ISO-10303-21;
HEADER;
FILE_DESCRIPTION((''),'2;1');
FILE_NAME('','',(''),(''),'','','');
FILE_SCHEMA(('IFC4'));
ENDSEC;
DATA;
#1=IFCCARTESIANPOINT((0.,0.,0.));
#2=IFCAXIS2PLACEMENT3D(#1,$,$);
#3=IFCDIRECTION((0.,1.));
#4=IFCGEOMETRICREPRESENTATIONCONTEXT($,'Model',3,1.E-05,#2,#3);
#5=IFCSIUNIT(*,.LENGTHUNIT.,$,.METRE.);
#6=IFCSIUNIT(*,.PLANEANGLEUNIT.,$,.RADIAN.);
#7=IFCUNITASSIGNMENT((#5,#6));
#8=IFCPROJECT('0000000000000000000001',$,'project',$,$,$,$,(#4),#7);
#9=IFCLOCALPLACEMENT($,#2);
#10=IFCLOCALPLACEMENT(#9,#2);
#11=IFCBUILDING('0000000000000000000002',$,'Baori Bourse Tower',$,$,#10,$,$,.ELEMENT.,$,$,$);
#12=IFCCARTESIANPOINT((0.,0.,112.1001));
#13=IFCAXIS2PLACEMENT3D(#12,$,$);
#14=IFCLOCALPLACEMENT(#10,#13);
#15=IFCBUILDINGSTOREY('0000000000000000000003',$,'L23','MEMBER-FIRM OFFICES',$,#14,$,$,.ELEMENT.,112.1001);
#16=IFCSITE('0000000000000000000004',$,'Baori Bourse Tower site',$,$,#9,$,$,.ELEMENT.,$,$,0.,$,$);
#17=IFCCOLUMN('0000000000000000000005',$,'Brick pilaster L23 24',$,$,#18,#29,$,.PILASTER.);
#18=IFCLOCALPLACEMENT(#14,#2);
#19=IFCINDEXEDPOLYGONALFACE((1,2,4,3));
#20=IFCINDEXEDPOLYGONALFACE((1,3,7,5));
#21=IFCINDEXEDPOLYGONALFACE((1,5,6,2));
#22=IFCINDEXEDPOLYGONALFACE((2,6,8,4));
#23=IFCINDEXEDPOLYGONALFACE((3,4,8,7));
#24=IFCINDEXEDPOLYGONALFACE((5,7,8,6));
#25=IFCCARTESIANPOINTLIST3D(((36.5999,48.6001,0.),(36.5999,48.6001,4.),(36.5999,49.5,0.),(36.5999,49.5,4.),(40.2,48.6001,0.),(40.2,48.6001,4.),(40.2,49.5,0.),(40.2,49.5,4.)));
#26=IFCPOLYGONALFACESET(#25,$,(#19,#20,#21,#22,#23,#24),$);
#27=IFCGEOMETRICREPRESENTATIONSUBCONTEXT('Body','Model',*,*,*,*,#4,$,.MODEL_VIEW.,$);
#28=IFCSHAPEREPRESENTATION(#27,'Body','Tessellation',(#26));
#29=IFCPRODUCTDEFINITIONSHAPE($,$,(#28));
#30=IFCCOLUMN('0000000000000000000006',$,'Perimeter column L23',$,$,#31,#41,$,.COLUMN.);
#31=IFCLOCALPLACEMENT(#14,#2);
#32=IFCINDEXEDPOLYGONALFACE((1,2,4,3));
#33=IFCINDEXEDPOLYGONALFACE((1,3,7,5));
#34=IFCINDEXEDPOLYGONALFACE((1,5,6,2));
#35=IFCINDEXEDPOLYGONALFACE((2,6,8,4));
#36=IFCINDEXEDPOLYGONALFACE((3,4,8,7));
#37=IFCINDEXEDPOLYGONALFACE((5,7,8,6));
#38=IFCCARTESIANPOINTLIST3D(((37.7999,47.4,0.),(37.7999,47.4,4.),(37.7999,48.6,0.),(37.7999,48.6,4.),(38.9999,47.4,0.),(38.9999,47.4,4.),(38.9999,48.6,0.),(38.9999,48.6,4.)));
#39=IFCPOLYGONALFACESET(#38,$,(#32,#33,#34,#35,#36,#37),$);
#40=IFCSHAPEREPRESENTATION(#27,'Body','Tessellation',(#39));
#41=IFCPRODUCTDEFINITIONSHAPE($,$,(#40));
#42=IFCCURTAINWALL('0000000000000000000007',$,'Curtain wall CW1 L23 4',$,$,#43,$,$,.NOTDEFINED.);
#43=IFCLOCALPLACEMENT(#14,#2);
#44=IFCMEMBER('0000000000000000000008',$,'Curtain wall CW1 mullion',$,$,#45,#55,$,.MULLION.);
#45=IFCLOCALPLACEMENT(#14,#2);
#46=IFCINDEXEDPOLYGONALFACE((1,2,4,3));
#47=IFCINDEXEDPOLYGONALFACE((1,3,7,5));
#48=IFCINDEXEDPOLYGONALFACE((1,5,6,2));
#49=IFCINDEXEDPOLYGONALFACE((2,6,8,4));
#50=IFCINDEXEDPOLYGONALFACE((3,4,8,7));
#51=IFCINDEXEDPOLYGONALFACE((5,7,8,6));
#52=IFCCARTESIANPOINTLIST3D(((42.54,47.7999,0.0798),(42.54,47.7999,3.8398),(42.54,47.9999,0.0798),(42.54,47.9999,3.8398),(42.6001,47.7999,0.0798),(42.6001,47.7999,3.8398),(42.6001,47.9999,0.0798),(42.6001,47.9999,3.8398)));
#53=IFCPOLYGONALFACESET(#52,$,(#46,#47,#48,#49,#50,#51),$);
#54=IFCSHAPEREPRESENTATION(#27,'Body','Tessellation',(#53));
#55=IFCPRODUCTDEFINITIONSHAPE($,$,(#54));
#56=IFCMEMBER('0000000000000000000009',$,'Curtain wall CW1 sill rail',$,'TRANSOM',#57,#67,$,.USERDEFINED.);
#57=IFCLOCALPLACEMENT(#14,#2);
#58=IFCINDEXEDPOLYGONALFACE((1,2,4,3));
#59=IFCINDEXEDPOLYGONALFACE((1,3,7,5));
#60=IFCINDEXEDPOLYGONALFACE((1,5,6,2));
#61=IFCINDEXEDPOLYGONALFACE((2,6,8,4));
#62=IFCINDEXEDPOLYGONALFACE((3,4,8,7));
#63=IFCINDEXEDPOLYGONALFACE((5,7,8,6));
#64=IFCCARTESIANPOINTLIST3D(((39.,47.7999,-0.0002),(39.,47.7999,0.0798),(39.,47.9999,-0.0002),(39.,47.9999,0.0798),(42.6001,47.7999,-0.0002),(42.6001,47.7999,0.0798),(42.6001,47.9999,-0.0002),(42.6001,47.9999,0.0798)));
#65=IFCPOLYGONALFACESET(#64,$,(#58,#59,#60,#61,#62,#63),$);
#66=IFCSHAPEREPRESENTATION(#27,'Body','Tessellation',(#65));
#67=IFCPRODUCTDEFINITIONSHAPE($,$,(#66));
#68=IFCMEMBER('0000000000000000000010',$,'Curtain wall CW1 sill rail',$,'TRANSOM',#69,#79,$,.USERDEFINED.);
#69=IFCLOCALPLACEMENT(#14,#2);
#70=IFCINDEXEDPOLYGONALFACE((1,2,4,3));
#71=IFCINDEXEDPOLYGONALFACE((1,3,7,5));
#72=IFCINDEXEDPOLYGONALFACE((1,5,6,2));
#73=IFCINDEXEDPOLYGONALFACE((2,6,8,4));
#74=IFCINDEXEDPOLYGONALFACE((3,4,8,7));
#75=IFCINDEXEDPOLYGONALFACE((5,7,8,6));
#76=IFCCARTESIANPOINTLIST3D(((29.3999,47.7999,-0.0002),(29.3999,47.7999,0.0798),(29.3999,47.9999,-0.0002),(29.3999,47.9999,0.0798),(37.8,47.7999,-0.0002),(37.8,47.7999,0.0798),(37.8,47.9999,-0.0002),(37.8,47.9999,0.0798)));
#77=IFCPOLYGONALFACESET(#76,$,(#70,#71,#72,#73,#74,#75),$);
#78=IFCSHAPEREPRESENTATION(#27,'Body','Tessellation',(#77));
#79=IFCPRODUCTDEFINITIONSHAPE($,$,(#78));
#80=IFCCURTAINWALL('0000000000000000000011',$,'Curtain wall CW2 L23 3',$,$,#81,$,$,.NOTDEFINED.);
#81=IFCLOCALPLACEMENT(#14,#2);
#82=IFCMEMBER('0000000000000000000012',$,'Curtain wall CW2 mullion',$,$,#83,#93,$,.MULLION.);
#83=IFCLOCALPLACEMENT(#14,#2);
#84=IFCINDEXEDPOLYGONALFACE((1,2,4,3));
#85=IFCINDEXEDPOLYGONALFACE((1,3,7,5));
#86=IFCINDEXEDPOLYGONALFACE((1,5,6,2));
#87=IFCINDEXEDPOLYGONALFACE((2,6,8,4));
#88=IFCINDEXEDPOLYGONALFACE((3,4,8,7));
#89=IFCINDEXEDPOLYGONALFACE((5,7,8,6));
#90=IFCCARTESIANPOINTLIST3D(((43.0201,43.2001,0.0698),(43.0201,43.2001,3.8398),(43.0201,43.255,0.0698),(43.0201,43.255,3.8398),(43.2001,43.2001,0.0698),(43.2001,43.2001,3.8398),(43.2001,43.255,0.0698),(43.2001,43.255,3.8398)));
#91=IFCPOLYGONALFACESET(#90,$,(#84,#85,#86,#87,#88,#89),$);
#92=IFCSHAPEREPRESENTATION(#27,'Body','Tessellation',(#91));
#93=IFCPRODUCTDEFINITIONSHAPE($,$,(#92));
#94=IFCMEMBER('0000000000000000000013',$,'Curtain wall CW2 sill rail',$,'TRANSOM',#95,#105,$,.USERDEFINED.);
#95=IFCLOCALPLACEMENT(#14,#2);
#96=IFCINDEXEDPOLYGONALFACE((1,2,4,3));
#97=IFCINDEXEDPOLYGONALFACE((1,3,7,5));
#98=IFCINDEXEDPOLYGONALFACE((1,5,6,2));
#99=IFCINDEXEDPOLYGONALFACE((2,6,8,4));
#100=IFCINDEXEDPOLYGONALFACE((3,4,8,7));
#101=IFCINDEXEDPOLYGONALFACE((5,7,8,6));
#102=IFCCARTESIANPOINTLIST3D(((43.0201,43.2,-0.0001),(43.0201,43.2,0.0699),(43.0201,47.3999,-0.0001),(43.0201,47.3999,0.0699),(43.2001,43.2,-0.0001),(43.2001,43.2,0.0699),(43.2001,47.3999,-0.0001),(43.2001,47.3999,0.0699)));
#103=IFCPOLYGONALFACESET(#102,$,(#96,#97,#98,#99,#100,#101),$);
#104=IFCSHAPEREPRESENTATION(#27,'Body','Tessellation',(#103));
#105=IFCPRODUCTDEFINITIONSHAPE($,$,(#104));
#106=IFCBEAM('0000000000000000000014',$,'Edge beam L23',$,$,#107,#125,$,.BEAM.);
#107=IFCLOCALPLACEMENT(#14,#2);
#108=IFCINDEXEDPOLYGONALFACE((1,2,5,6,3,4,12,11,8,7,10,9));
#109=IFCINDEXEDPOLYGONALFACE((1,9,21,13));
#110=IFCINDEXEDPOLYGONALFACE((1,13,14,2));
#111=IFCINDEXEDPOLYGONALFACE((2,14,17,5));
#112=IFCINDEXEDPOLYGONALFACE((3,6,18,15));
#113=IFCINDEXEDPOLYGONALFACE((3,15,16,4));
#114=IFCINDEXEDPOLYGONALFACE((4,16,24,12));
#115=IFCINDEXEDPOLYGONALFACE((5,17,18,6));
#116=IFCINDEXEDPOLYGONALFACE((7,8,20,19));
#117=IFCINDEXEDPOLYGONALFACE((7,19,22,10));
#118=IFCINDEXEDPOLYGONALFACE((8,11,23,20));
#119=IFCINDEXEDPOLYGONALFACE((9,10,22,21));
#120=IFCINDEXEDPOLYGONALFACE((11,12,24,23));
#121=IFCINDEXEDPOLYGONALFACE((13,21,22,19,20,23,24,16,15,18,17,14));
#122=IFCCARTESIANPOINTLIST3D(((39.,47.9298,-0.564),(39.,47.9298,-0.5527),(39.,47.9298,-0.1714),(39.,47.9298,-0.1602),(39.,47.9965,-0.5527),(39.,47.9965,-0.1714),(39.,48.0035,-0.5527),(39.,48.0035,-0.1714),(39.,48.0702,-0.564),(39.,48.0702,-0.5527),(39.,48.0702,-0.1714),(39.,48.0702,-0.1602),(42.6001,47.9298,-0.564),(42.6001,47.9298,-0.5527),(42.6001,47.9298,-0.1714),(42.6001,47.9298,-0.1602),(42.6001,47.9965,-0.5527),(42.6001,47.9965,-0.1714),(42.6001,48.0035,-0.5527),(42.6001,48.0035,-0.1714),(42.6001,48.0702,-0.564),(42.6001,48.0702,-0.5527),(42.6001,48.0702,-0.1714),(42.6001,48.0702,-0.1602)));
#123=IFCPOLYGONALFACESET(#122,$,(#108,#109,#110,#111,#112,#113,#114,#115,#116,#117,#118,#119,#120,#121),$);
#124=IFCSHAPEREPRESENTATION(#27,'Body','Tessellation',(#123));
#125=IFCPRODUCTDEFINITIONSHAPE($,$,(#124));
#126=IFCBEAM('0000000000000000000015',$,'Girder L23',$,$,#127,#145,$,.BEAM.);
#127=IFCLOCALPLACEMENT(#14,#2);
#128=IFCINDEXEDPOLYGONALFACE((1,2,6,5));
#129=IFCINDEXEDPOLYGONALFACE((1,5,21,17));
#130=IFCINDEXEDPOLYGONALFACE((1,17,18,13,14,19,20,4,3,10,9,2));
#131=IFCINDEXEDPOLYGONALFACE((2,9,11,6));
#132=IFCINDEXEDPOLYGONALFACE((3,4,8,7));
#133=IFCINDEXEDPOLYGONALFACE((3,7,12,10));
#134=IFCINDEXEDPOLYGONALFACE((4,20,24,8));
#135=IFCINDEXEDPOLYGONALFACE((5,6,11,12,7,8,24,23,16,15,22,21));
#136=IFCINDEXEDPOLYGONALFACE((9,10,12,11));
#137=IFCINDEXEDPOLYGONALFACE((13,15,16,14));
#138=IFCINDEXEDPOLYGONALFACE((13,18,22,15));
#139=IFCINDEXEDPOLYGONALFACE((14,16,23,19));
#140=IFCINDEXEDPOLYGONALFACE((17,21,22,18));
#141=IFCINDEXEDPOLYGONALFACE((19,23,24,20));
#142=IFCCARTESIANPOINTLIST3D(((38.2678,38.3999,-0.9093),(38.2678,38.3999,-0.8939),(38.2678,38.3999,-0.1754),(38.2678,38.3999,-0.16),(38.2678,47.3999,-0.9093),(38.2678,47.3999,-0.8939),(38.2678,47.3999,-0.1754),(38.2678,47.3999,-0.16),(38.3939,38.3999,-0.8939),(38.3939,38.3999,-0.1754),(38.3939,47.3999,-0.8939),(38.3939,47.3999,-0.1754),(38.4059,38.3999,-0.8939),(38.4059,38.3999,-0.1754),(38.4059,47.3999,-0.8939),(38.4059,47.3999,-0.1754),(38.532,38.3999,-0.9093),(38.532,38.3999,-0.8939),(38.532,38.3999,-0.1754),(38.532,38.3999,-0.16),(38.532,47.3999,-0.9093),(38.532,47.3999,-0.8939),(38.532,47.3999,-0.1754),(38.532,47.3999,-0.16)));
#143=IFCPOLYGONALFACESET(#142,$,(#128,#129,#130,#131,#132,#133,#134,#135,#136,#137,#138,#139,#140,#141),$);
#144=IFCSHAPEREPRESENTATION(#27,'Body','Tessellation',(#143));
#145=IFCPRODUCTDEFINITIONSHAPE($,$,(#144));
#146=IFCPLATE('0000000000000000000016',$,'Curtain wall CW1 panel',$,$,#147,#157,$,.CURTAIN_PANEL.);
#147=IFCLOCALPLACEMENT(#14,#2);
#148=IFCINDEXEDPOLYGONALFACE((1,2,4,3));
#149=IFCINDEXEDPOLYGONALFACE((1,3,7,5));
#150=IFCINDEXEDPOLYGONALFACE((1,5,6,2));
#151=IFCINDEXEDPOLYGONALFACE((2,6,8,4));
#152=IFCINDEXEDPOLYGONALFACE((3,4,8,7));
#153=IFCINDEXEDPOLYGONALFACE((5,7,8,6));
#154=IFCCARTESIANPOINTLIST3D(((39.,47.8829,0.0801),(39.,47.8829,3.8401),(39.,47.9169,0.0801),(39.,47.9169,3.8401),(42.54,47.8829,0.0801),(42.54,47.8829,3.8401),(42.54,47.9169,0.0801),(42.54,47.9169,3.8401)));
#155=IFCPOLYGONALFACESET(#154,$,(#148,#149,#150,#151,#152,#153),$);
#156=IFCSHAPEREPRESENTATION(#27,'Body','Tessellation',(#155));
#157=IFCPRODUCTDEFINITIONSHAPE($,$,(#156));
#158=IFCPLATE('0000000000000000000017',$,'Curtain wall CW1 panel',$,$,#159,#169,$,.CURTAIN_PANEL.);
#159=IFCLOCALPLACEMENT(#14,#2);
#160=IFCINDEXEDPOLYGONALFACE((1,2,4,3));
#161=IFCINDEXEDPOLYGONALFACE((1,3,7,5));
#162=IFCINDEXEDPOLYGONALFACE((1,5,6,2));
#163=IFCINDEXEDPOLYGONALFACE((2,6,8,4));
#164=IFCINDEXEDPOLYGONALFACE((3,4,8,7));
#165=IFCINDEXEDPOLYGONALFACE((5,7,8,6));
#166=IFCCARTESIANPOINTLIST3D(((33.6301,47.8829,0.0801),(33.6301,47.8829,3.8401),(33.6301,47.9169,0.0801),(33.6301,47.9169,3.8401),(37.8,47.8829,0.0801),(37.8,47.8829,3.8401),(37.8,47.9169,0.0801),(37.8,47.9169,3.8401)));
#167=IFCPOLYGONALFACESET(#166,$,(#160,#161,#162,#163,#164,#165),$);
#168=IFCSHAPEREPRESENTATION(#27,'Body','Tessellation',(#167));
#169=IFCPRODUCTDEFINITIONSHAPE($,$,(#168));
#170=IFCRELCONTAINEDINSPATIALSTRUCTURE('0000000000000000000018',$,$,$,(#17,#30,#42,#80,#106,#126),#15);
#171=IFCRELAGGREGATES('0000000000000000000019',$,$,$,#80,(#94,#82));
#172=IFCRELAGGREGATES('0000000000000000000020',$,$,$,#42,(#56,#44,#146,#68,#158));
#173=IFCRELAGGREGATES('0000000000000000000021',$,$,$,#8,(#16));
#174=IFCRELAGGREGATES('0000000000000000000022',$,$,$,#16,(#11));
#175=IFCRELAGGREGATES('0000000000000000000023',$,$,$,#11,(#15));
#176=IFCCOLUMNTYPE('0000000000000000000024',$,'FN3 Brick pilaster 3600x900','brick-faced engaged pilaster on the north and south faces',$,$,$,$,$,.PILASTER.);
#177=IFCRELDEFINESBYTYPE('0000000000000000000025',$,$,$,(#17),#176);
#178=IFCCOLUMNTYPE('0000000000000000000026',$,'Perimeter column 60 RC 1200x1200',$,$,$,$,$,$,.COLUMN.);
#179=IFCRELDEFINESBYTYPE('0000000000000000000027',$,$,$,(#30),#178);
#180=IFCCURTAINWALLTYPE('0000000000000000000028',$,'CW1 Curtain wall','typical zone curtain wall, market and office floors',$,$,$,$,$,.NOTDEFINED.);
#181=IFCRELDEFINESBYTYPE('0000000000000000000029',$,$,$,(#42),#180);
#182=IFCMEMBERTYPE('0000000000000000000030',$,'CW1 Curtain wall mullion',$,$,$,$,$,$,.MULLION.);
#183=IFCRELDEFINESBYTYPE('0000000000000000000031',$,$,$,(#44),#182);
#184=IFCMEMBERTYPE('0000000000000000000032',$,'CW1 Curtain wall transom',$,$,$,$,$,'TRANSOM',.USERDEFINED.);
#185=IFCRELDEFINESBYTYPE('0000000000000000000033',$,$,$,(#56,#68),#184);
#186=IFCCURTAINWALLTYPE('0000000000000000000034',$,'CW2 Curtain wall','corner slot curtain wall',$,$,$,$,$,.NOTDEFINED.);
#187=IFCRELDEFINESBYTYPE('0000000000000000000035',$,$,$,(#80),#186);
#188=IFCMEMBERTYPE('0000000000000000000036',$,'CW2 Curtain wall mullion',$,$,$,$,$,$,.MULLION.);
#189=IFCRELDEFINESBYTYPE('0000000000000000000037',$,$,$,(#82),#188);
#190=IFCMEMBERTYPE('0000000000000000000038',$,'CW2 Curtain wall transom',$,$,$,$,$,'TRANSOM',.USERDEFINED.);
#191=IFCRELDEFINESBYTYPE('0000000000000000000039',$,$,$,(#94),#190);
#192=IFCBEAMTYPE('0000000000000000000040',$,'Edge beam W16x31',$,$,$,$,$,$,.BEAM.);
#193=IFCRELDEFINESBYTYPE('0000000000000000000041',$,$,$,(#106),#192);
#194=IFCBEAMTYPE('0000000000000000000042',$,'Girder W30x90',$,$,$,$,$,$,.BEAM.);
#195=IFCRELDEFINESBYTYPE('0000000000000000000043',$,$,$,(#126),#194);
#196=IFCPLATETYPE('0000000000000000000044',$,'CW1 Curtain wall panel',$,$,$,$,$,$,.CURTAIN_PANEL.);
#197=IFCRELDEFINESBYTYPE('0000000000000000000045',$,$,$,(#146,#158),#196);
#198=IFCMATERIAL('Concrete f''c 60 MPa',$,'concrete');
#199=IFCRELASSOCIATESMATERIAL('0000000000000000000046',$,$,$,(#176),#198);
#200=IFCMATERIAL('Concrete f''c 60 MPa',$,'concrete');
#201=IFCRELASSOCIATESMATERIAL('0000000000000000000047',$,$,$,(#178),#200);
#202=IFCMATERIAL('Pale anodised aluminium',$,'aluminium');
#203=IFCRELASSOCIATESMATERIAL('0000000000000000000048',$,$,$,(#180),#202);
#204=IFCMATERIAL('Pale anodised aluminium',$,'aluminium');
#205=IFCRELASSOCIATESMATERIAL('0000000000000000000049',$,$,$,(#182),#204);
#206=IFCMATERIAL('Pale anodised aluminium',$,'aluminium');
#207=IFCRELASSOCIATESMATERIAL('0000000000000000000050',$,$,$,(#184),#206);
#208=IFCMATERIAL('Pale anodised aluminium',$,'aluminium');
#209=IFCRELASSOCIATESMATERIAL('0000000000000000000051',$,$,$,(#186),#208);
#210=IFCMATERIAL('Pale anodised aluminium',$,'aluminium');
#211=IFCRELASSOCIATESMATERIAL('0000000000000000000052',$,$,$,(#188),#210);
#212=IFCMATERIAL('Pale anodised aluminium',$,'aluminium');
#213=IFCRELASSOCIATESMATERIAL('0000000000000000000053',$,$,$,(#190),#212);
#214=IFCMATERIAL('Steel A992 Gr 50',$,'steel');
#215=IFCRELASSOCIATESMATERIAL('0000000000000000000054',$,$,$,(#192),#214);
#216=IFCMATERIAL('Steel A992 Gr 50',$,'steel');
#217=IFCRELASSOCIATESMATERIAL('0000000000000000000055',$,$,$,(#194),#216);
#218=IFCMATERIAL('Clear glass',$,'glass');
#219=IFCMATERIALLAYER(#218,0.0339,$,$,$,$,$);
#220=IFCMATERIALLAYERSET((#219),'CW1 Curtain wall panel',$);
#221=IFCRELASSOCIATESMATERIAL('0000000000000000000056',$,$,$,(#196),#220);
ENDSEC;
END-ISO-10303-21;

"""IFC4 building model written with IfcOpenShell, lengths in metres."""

from ifc_helpers import new_model, si_unit, direction, frame, origin, origin_2d, place, context, subcontext, project, spatial, rectangle, i_section, extrude, material, layer, layer_set, material_profile, profile_set, type_object, element, aggregate, save


model = new_model("IFC4")

# Units and contexts
model_context = context("Model", 3, precision=1e-05, world=origin(), true_north=direction((0.0, 1.0)))
body_context = subcontext(model_context, "Body", "Model", "MODEL_VIEW")
ifc_project = project(units=[si_unit("LENGTHUNIT", "METRE"), si_unit("PLANEANGLEUNIT", "RADIAN")], contexts=[model_context])

# Site, building, storey
site_placement = place(None, origin())
site = spatial("IfcSite", under=ifc_project, at=site_placement, Name="Baori Bourse Tower site", CompositionType="ELEMENT", RefElevation=0.0)
building_placement = place(site_placement, origin())
building = spatial("IfcBuilding", under=site, at=building_placement, Name="Baori Bourse Tower", CompositionType="ELEMENT")
storey_placement = place(building_placement, frame((0.0, 0.0, 112.1001)))
storey = spatial("IfcBuildingStorey", under=building, at=storey_placement, Name="L23", Description="MEMBER-FIRM OFFICES", CompositionType="ELEMENT", Elevation=112.1001)

# Columns
ifc_material_1 = material(Name="Concrete f'c 60 MPa", Category="concrete")
ifc_material_profile_1 = material_profile(ifc_material_1, rectangle(XDim=3.6001, YDim=0.8999, at=origin_2d()), Name="RC 3600x900")
ifc_profile_set_1 = profile_set([ifc_material_profile_1], Name="Concrete f'c 60 MPa")
column_type_1 = type_object("IfcColumnType", Name="FN3 Brick pilaster 3600x900", Description="brick-faced engaged pilaster on the north and south faces", PredefinedType="PILASTER", material=ifc_profile_set_1)
column_1_placement = place(storey_placement, frame((38.3999, 49.05, 0.0), z_axis=(0.0, 0.0, 1.0), x_axis=(1.0, 0.0, 0.0)))
element("IfcColumn", 1, at=column_1_placement, inside=storey, type_object=column_type_1, Name="Brick pilaster L23 24", PredefinedType="PILASTER", context=body_context, shape_type="SweptSolid", body=[
    extrude(rectangle(XDim=3.6001, YDim=0.8999, at=origin_2d()), origin(), (0.0, 0.0, 1.0), 4.0),
])
ifc_material_2 = material(Name="Concrete f'c 60 MPa", Category="concrete")
ifc_material_profile_2 = material_profile(ifc_material_2, rectangle(XDim=1.2, YDim=1.2, at=origin_2d()), Name="RC 1200x1200")
ifc_profile_set_2 = profile_set([ifc_material_profile_2], Name="Concrete f'c 60 MPa")
column_type_2 = type_object("IfcColumnType", Name="Perimeter column 60 RC 1200x1200", PredefinedType="COLUMN", material=ifc_profile_set_2)
column_2_placement = place(storey_placement, frame((38.3999, 48.0, 0.0), z_axis=(0.0, 0.0, 1.0), x_axis=(1.0, 0.0, 0.0)))
element("IfcColumn", 2, at=column_2_placement, inside=storey, type_object=column_type_2, Name="Perimeter column L23", PredefinedType="COLUMN", context=body_context, shape_type="SweptSolid", body=[
    extrude(rectangle(XDim=1.2, YDim=1.2, at=origin_2d()), origin(), (0.0, 0.0, 1.0), 4.0),
])

# Curtain walls, members
ifc_material_3 = material(Name="Pale anodised aluminium", Category="aluminium")
curtain_wall_type_1 = type_object("IfcCurtainWallType", Name="CW1 Curtain wall", Description="typical zone curtain wall, market and office floors", PredefinedType="NOTDEFINED", material=ifc_material_3)
curtain_wall_1_placement = place(storey_placement, origin())
curtain_wall_1 = element("IfcCurtainWall", 3, at=curtain_wall_1_placement, inside=storey, type_object=curtain_wall_type_1, Name="Curtain wall CW1 L23 4", PredefinedType="NOTDEFINED")
ifc_material_4 = material(Name="Pale anodised aluminium", Category="aluminium")
ifc_material_profile_3 = material_profile(ifc_material_4, rectangle(XDim=0.2, YDim=0.0601, at=origin_2d()), Name="Mullion 60x200")
ifc_profile_set_3 = profile_set([ifc_material_profile_3], Name="Pale anodised aluminium")
member_type_1 = type_object("IfcMemberType", Name="CW1 Curtain wall mullion", PredefinedType="MULLION", material=ifc_profile_set_3)
member_1_placement = place(storey_placement, frame((42.5701, 47.8999, 0.0798), z_axis=(0.0, 0.0, 1.0), x_axis=(0.0, -1.0, 0.0)))
member_1 = element("IfcMember", 4, at=member_1_placement, type_object=member_type_1, Name="Curtain wall CW1 mullion", PredefinedType="MULLION", context=body_context, shape_type="SweptSolid", body=[
    extrude(rectangle(XDim=0.2, YDim=0.0601, at=origin_2d()), origin(), (0.0, 0.0, 1.0), 3.76),
])
ifc_material_5 = material(Name="Pale anodised aluminium", Category="aluminium")
ifc_material_profile_4 = material_profile(ifc_material_5, rectangle(XDim=0.2, YDim=0.0801, at=origin_2d()), Name="Transom 80x200")
ifc_profile_set_4 = profile_set([ifc_material_profile_4], Name="Pale anodised aluminium")
member_type_2 = type_object("IfcMemberType", Name="CW1 Curtain wall transom", ElementType="TRANSOM", PredefinedType="USERDEFINED", material=ifc_profile_set_4)
member_2_placement = place(storey_placement, frame((42.6001, 47.8999, 0.0398), z_axis=(-1.0, 0.0, 0.0), x_axis=(0.0, -1.0, 0.0)))
member_2 = element("IfcMember", 5, at=member_2_placement, type_object=member_type_2, Name="Curtain wall CW1 sill rail", ObjectType="TRANSOM", PredefinedType="USERDEFINED", context=body_context, shape_type="SweptSolid", body=[
    extrude(rectangle(XDim=0.2, YDim=0.0801, at=origin_2d()), origin(), (0.0, 0.0, 1.0), 3.6001),
])
member_3_placement = place(storey_placement, frame((37.8, 47.8999, 0.0398), z_axis=(-1.0, 0.0, 0.0), x_axis=(0.0, -1.0, 0.0)))
member_3 = element("IfcMember", 6, at=member_3_placement, type_object=member_type_2, Name="Curtain wall CW1 sill rail", ObjectType="TRANSOM", PredefinedType="USERDEFINED", context=body_context, shape_type="SweptSolid", body=[
    extrude(rectangle(XDim=0.2, YDim=0.0801, at=origin_2d()), origin(), (0.0, 0.0, 1.0), 8.4001),
])
ifc_material_6 = material(Name="Pale anodised aluminium", Category="aluminium")
curtain_wall_type_2 = type_object("IfcCurtainWallType", Name="CW2 Curtain wall", Description="corner slot curtain wall", PredefinedType="NOTDEFINED", material=ifc_material_6)
curtain_wall_2_placement = place(storey_placement, origin())
curtain_wall_2 = element("IfcCurtainWall", 7, at=curtain_wall_2_placement, inside=storey, type_object=curtain_wall_type_2, Name="Curtain wall CW2 L23 3", PredefinedType="NOTDEFINED")
ifc_material_7 = material(Name="Pale anodised aluminium", Category="aluminium")
ifc_material_profile_5 = material_profile(ifc_material_7, rectangle(XDim=0.1799, YDim=0.0549, at=origin_2d()), Name="Mullion 55x180")
ifc_profile_set_5 = profile_set([ifc_material_profile_5], Name="Pale anodised aluminium")
member_type_3 = type_object("IfcMemberType", Name="CW2 Curtain wall mullion", PredefinedType="MULLION", material=ifc_profile_set_5)
member_4_placement = place(storey_placement, frame((43.1101, 43.2275, 0.0698), z_axis=(0.0, 0.0, 1.0), x_axis=(-1.0, 0.0, 0.0)))
member_4 = element("IfcMember", 8, at=member_4_placement, type_object=member_type_3, Name="Curtain wall CW2 mullion", PredefinedType="MULLION", context=body_context, shape_type="SweptSolid", body=[
    extrude(rectangle(XDim=0.1799, YDim=0.0549, at=origin_2d()), origin(), (0.0, 0.0, 1.0), 3.77),
])
ifc_material_8 = material(Name="Pale anodised aluminium", Category="aluminium")
ifc_material_profile_6 = material_profile(ifc_material_8, rectangle(XDim=0.1799, YDim=0.0701, at=origin_2d()), Name="Transom 70x180")
ifc_profile_set_6 = profile_set([ifc_material_profile_6], Name="Pale anodised aluminium")
member_type_4 = type_object("IfcMemberType", Name="CW2 Curtain wall transom", ElementType="TRANSOM", PredefinedType="USERDEFINED", material=ifc_profile_set_6)
member_5_placement = place(storey_placement, frame((43.1101, 43.2, 0.0349), z_axis=(0.0, 1.0, 0.0), x_axis=(-1.0, 0.0, 0.0)))
member_5 = element("IfcMember", 9, at=member_5_placement, type_object=member_type_4, Name="Curtain wall CW2 sill rail", ObjectType="TRANSOM", PredefinedType="USERDEFINED", context=body_context, shape_type="SweptSolid", body=[
    extrude(rectangle(XDim=0.1799, YDim=0.0701, at=origin_2d()), origin(), (0.0, 0.0, 1.0), 4.2),
])
aggregate(curtain_wall_2, [member_5, member_4])

# Beams
ifc_material_9 = material(Name="Steel A992 Gr 50", Category="steel")
ifc_material_profile_7 = material_profile(ifc_material_9, i_section(OverallWidth=0.1404, OverallDepth=0.4038, WebThickness=0.0071, FlangeThickness=0.0112, at=origin_2d()), Name="W16x31")
ifc_profile_set_7 = profile_set([ifc_material_profile_7], Name="Steel A992 Gr 50")
beam_type_1 = type_object("IfcBeamType", Name="Edge beam W16x31", PredefinedType="BEAM", material=ifc_profile_set_7)
beam_1_placement = place(storey_placement, frame((39.0, 48.0, -0.3621), z_axis=(1.0, 0.0, 0.0), x_axis=(0.0, 1.0, 0.0)))
element("IfcBeam", 10, at=beam_1_placement, inside=storey, type_object=beam_type_1, Name="Edge beam L23", PredefinedType="BEAM", context=body_context, shape_type="SweptSolid", body=[
    extrude(i_section(OverallWidth=0.1404, OverallDepth=0.4038, WebThickness=0.0071, FlangeThickness=0.0112, at=origin_2d()), origin(), (0.0, 0.0, 1.0), 3.6001),
])
ifc_material_10 = material(Name="Steel A992 Gr 50", Category="steel")
ifc_material_profile_8 = material_profile(ifc_material_10, i_section(OverallWidth=0.2642, OverallDepth=0.7493, WebThickness=0.012, FlangeThickness=0.0154, at=origin_2d()), Name="W30x90")
ifc_profile_set_8 = profile_set([ifc_material_profile_8], Name="Steel A992 Gr 50")
beam_type_2 = type_object("IfcBeamType", Name="Girder W30x90", PredefinedType="BEAM", material=ifc_profile_set_8)
beam_2_placement = place(storey_placement, frame((38.3999, 38.3999, -0.5347), z_axis=(0.0, 1.0, 0.0), x_axis=(-1.0, 0.0, 0.0)))
element("IfcBeam", 11, at=beam_2_placement, inside=storey, type_object=beam_type_2, Name="Girder L23", PredefinedType="BEAM", context=body_context, shape_type="SweptSolid", body=[
    extrude(i_section(OverallWidth=0.2642, OverallDepth=0.7493, WebThickness=0.012, FlangeThickness=0.0154, at=origin_2d()), origin(), (0.0, 0.0, 1.0), 9.0),
])

# Plates
ifc_material_11 = material(Name="Clear glass", Category="glass")
ifc_layer_1 = layer(ifc_material_11, 0.0339)
ifc_layer_set_1 = layer_set([ifc_layer_1], Name="CW1 Curtain wall panel")
plate_type = type_object("IfcPlateType", Name="CW1 Curtain wall panel", PredefinedType="CURTAIN_PANEL", material=ifc_layer_set_1)
plate_1_placement = place(storey_placement, frame((40.77, 47.8999, 0.0801), z_axis=(0.0, 0.0, 1.0), x_axis=(-1.0, 0.0, 0.0)))
plate_1 = element("IfcPlate", 12, at=plate_1_placement, type_object=plate_type, Name="Curtain wall CW1 panel", PredefinedType="CURTAIN_PANEL", context=body_context, shape_type="SweptSolid", body=[
    extrude(rectangle(XDim=3.54, YDim=0.0339, at=origin_2d()), origin(), (0.0, 0.0, 1.0), 3.76),
])
plate_2_placement = place(storey_placement, frame((35.7151, 47.8999, 0.0801), z_axis=(0.0, 0.0, 1.0), x_axis=(-1.0, 0.0, 0.0)))
plate_2 = element("IfcPlate", 13, at=plate_2_placement, type_object=plate_type, Name="Curtain wall CW1 panel", PredefinedType="CURTAIN_PANEL", context=body_context, shape_type="SweptSolid", body=[
    extrude(rectangle(XDim=4.1699, YDim=0.0339, at=origin_2d()), origin(), (0.0, 0.0, 1.0), 3.76),
])
aggregate(curtain_wall_1, [member_2, member_1, plate_1, member_3, plate_2])

save(model, "model.ifc")
